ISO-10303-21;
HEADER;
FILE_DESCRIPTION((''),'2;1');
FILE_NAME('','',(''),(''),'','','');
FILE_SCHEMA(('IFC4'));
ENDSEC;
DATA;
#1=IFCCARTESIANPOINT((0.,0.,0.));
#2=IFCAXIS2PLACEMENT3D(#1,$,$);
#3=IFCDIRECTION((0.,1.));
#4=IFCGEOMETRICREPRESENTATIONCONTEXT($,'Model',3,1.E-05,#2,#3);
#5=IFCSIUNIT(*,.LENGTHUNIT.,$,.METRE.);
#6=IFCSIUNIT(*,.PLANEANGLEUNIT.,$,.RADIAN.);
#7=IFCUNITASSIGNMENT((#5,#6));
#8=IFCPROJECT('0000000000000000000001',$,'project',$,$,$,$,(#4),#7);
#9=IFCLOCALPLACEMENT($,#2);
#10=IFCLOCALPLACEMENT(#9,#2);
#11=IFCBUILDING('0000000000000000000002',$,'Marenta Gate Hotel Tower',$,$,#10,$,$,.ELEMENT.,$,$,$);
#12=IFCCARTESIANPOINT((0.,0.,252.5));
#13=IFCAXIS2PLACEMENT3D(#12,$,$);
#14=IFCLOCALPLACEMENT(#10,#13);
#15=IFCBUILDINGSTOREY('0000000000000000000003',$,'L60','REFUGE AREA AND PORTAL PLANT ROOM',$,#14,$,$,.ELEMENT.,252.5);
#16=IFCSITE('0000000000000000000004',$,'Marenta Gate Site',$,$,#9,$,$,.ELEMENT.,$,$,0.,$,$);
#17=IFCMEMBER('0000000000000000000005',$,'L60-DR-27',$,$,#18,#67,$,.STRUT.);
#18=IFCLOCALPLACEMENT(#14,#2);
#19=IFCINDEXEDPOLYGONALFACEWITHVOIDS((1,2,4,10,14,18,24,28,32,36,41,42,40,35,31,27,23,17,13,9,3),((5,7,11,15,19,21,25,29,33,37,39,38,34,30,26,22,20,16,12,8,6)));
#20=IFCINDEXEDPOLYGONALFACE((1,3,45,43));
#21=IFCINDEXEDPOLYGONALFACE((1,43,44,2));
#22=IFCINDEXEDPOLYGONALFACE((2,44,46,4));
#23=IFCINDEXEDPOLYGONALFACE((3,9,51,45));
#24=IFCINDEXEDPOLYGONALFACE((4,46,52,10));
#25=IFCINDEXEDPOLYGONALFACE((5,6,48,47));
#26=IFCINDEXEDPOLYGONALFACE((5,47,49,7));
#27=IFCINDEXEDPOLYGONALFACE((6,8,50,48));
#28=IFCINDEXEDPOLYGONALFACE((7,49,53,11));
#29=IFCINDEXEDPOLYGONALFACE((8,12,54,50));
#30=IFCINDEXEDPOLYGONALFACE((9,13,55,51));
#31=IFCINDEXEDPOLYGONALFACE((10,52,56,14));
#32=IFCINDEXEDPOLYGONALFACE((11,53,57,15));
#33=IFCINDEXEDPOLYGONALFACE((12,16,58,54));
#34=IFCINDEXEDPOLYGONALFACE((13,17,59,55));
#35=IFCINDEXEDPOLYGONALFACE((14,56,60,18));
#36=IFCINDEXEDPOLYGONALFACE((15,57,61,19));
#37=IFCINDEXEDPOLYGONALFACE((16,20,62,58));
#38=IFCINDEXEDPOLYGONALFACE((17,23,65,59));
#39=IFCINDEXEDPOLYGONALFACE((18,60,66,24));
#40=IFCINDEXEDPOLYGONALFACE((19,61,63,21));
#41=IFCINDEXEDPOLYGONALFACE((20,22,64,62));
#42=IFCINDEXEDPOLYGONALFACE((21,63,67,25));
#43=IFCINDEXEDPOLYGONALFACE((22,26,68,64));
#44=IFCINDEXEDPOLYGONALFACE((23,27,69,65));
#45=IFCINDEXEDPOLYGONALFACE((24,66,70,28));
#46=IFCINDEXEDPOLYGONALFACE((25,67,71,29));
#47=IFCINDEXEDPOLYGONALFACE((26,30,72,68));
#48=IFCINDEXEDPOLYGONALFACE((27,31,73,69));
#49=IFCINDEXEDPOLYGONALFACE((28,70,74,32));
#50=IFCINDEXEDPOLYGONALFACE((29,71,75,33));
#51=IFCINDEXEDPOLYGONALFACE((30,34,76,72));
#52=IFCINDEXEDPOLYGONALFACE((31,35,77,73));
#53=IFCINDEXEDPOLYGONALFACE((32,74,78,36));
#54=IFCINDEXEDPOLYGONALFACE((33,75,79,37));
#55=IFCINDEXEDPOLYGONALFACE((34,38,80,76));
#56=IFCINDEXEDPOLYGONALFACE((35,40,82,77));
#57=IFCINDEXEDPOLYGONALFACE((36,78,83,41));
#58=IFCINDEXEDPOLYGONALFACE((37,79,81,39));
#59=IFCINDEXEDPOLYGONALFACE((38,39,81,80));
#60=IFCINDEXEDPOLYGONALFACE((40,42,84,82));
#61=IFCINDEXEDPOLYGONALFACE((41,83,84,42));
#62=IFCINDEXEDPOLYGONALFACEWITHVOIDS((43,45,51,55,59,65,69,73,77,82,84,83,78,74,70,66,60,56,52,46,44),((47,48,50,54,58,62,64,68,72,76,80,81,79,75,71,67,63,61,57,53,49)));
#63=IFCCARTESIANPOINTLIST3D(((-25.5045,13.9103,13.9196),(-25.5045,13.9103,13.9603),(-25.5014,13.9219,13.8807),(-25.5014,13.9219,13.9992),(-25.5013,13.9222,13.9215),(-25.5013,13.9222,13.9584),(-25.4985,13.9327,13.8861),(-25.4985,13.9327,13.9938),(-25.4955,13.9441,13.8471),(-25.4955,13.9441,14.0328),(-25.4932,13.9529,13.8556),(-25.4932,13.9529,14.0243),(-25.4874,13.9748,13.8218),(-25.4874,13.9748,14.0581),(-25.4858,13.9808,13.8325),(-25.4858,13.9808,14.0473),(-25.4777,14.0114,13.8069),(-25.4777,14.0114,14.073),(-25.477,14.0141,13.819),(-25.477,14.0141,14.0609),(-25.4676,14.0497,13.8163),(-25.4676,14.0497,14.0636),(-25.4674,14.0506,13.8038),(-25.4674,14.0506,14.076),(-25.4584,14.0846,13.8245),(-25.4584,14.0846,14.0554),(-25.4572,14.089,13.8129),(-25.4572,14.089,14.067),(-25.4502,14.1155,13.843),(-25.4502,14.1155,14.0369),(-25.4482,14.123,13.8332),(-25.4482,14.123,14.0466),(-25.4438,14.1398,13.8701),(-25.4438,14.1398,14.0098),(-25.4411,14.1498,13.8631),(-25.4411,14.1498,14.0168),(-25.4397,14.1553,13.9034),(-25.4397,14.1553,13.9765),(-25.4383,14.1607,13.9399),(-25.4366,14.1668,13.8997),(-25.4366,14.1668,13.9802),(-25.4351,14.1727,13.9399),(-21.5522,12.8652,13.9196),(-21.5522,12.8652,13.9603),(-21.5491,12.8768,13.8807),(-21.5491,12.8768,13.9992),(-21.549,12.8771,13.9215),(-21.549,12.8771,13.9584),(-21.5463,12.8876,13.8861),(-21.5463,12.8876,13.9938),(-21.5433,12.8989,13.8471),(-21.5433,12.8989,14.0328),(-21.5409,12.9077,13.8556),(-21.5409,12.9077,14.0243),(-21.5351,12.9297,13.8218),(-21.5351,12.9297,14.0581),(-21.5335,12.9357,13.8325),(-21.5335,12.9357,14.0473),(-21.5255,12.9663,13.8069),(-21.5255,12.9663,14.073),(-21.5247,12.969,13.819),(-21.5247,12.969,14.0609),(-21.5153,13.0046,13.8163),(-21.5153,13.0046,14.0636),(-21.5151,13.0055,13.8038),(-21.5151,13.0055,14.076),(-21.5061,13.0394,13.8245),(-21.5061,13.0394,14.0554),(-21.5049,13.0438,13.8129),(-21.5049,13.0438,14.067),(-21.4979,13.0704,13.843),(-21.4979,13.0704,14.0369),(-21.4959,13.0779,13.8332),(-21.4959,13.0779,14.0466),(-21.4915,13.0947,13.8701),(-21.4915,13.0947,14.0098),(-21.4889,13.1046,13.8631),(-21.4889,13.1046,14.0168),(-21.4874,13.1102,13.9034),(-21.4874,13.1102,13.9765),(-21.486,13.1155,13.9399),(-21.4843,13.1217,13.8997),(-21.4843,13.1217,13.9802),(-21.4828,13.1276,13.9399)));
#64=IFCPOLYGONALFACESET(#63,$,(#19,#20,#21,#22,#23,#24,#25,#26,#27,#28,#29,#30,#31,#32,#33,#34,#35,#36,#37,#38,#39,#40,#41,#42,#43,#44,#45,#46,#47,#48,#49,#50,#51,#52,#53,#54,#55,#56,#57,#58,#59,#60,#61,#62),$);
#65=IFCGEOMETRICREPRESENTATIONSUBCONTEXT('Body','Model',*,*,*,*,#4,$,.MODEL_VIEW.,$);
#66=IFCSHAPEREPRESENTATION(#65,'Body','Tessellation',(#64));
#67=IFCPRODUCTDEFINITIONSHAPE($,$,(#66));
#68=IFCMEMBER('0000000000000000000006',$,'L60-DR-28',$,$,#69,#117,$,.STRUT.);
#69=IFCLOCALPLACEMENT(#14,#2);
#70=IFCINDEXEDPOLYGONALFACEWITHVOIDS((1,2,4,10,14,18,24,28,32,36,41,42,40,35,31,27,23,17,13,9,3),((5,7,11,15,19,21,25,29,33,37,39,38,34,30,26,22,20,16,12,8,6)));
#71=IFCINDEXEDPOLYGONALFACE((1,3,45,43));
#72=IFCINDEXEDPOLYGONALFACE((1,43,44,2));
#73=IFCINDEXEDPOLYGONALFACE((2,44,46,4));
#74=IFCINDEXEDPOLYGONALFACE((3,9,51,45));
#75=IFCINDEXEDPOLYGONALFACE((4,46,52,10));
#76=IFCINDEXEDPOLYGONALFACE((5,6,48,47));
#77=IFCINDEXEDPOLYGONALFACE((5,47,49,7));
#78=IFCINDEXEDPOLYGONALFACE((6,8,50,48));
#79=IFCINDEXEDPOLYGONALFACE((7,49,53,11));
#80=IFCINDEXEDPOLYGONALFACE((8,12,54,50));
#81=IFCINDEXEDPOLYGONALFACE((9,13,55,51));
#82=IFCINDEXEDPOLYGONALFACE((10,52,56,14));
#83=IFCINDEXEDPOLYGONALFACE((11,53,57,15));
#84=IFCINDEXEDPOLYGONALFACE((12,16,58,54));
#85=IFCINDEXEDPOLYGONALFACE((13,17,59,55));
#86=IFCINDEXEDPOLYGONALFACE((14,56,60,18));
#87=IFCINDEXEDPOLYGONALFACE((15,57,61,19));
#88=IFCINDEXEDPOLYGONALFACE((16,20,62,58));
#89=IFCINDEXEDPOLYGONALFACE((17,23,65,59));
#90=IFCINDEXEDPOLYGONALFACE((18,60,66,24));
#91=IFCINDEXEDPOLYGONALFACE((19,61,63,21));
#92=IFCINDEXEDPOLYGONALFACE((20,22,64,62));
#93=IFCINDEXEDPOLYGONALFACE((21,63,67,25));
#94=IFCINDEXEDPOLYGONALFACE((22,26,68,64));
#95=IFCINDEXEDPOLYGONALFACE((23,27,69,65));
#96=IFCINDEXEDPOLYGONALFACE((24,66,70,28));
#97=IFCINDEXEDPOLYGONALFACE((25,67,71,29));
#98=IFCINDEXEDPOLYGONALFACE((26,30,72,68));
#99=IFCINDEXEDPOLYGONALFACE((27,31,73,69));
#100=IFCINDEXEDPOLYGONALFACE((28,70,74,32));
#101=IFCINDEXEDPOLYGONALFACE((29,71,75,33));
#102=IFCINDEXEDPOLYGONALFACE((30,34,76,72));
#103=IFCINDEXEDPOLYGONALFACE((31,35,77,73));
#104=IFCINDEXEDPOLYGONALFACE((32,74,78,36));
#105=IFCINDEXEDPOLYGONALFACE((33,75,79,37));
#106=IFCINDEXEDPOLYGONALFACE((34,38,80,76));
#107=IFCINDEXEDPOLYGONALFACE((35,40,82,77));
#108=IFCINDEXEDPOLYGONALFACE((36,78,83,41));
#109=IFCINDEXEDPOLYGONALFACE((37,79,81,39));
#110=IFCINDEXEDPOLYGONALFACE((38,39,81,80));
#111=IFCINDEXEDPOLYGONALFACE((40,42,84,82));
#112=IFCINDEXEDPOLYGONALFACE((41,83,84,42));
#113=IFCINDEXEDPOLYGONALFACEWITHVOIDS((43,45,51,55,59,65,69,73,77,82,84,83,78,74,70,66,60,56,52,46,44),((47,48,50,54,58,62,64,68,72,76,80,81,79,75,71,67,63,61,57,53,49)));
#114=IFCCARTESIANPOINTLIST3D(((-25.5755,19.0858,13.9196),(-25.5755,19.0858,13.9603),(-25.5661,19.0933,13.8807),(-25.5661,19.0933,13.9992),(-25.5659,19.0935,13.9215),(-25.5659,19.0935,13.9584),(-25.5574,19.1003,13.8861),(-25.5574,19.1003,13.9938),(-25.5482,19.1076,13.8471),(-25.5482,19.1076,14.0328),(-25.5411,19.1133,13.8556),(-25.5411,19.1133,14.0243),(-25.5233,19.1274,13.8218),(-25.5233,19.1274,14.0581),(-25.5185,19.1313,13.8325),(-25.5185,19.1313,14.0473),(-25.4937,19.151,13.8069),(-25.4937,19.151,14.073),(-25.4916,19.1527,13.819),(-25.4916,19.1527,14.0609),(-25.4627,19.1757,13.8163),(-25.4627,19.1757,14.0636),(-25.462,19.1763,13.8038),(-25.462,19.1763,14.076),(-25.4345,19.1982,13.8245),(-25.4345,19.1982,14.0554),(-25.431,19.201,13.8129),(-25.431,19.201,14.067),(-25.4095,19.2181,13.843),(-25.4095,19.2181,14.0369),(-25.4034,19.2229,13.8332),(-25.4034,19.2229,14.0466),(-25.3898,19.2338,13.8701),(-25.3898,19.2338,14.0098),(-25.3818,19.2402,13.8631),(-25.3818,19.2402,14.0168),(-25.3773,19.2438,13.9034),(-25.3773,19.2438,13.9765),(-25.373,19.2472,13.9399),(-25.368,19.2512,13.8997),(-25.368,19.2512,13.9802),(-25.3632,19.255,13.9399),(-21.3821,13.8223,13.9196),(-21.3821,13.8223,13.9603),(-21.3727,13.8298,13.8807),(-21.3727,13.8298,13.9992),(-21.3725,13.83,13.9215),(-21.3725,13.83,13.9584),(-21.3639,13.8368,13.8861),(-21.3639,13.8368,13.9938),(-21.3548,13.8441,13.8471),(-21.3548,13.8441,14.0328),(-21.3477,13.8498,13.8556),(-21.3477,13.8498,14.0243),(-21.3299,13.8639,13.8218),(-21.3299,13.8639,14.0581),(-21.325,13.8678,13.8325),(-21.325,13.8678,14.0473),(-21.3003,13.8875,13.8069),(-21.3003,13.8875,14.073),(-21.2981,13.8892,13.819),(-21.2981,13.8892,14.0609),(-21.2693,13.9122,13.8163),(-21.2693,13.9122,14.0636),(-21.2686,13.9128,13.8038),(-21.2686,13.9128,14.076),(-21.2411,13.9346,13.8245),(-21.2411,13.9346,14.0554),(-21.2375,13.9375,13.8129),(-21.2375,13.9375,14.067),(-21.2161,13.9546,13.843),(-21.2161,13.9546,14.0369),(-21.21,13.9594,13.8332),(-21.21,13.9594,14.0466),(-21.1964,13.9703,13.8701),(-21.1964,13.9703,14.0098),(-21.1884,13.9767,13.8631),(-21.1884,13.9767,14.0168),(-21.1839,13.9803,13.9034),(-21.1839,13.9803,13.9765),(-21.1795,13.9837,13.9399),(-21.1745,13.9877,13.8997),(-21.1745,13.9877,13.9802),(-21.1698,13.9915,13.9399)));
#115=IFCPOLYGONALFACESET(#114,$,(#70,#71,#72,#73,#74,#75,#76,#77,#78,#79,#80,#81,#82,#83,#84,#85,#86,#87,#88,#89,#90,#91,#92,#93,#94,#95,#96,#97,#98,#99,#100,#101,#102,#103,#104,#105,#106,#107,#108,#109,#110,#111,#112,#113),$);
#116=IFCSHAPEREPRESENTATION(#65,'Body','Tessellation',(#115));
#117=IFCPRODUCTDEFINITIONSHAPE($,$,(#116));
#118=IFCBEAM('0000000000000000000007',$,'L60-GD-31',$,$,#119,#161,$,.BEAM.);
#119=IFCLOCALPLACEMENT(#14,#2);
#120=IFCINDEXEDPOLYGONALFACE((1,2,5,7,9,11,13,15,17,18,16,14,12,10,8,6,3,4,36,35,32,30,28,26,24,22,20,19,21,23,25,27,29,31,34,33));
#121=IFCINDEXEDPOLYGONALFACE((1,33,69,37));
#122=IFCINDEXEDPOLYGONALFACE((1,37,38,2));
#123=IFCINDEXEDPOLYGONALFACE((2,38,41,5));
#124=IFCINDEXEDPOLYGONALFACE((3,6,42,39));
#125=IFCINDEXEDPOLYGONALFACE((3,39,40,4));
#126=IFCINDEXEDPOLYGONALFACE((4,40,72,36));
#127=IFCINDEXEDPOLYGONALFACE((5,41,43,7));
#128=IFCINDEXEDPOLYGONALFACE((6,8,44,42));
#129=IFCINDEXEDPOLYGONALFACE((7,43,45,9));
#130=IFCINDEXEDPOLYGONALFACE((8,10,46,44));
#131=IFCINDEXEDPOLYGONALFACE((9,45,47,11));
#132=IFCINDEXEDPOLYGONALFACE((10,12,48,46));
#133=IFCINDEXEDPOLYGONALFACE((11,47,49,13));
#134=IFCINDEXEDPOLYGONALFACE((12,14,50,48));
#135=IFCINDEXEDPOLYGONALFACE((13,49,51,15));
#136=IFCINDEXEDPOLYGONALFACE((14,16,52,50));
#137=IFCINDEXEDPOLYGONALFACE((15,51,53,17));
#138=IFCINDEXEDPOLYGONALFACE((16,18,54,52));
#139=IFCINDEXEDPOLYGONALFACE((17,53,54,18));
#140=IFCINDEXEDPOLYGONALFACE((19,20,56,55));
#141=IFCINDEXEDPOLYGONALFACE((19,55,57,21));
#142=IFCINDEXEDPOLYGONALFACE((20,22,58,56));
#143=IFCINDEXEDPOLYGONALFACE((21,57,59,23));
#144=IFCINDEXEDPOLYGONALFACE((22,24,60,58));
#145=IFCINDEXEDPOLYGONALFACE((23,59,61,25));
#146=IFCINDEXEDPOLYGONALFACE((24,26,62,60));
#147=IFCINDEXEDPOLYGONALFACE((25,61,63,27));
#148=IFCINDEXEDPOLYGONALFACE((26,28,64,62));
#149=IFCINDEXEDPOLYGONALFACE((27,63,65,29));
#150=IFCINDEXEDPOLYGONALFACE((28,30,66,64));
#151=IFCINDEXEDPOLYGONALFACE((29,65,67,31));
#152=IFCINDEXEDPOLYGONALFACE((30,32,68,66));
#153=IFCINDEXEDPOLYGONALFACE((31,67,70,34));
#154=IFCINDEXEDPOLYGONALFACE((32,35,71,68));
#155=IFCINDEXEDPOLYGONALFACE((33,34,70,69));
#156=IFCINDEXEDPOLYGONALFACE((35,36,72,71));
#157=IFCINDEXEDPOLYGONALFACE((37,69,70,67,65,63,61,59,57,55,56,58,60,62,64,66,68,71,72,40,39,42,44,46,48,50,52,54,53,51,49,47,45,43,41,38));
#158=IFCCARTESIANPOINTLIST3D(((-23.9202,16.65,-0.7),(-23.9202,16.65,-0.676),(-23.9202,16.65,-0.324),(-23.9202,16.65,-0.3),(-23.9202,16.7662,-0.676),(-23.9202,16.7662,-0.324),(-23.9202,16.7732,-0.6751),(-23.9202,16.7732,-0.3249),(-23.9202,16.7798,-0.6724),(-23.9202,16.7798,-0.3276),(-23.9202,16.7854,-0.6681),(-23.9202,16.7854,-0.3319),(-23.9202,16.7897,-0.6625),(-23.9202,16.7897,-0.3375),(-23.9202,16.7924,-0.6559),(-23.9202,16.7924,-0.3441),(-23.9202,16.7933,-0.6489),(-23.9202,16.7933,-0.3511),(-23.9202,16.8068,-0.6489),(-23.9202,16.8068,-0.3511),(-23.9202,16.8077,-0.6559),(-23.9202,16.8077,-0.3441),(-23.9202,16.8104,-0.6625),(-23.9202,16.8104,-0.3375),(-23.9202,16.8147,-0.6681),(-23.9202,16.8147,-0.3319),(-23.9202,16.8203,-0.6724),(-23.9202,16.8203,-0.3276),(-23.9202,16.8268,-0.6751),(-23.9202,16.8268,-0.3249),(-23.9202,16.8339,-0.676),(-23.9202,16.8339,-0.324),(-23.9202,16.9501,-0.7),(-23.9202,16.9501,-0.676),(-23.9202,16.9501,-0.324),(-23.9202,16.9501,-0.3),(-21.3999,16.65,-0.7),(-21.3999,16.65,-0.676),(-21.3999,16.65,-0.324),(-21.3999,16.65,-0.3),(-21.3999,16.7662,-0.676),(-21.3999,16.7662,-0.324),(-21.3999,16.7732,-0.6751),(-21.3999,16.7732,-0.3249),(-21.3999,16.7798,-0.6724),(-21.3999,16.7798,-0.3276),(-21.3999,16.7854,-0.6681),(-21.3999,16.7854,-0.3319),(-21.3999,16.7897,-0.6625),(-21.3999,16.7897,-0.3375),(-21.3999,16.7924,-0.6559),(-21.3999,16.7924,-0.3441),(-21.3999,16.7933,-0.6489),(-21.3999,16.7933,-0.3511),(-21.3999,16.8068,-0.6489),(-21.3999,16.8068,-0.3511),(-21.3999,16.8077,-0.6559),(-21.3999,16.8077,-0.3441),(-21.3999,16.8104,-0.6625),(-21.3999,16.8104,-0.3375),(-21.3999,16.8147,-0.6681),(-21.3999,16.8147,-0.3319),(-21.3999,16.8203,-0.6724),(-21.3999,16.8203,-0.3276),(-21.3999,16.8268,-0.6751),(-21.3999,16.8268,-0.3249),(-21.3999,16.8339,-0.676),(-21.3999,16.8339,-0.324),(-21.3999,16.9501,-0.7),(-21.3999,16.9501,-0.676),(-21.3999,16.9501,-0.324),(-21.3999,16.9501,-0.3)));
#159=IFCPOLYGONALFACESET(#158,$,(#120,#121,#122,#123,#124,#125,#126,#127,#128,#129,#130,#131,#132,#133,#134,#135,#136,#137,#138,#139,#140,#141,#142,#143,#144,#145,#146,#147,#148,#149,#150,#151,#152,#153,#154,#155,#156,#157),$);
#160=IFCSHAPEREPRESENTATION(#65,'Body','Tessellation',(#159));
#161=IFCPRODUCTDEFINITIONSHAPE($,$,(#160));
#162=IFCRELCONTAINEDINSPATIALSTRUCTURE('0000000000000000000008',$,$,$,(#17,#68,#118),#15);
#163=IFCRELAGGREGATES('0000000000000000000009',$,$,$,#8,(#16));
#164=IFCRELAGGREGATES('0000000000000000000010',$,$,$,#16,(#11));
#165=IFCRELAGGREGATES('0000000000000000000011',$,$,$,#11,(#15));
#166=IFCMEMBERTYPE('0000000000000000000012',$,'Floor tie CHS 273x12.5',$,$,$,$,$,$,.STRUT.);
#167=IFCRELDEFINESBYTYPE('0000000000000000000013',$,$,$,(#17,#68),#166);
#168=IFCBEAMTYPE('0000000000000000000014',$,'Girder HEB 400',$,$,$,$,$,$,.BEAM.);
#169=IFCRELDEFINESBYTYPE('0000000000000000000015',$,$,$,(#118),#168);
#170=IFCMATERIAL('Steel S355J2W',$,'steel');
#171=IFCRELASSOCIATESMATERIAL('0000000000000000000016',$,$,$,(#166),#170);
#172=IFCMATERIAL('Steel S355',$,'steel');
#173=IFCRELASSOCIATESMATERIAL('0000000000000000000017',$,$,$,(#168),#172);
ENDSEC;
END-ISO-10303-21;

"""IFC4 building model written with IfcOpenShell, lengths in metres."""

from ifc_helpers import new_model, si_unit, direction, frame, origin, origin_2d, place, context, subcontext, project, spatial, hollow_circle, i_section, extrude, material, material_profile, profile_set, type_object, element, save


model = new_model("IFC4")

# Units and contexts
model_context = context("Model", 3, precision=1e-05, world=origin(), true_north=direction((0.0, 1.0)))
body_context = subcontext(model_context, "Body", "Model", "MODEL_VIEW")
ifc_project = project(units=[si_unit("LENGTHUNIT", "METRE"), si_unit("PLANEANGLEUNIT", "RADIAN")], contexts=[model_context])

# Site, building, storey
site_placement = place(None, origin())
site = spatial("IfcSite", under=ifc_project, at=site_placement, Name="Marenta Gate Site", CompositionType="ELEMENT", RefElevation=0.0)
building_placement = place(site_placement, origin())
building = spatial("IfcBuilding", under=site, at=building_placement, Name="Marenta Gate Hotel Tower", CompositionType="ELEMENT")
storey_placement = place(building_placement, frame((0.0, 0.0, 252.5)))
storey = spatial("IfcBuildingStorey", under=building, at=storey_placement, Name="L60", Description="REFUGE AREA AND PORTAL PLANT ROOM", CompositionType="ELEMENT", Elevation=252.5)

# Members
ifc_material_1 = material(Name="Steel S355J2W", Category="steel")
ifc_material_profile_1 = material_profile(ifc_material_1, hollow_circle(Radius=0.1365, WallThickness=0.0125, at=origin_2d()), Name="CHS 273x12.5")
ifc_profile_set_1 = profile_set([ifc_material_profile_1], Name="Steel S355J2W")
member_type_1 = type_object("IfcMemberType", Name="Floor tie CHS 273x12.5", PredefinedType="STRUT", material=ifc_profile_set_1)
member_1_placement = place(storey_placement, frame((-25.47, 14.0408, 13.9399), z_axis=(0.966769, -0.255651, 0.0), x_axis=(0.255651, 0.966769, 0.0)))
element("IfcMember", 1, at=member_1_placement, inside=storey, type_object=member_type_1, Name="L60-DR-27", PredefinedType="STRUT", context=body_context, shape_type="SweptSolid", body=[
    extrude(hollow_circle(Radius=0.1365, WallThickness=0.0125, at=origin_2d()), origin(), (0.0, 0.0, 1.0), 4.0881),
])
member_2_placement = place(storey_placement, frame((-25.47, 19.1699, 13.9399), z_axis=(0.623119, -0.782127, 0.0), x_axis=(0.782127, 0.623119, 0.0)))
element("IfcMember", 2, at=member_2_placement, inside=storey, type_object=member_type_1, Name="L60-DR-28", PredefinedType="STRUT", context=body_context, shape_type="SweptSolid", body=[
    extrude(hollow_circle(Radius=0.1365, WallThickness=0.0125, at=origin_2d()), origin(), (0.0, 0.0, 1.0), 6.7297),
])

# Beam
ifc_material_2 = material(Name="Steel S355", Category="steel")
ifc_material_profile_2 = material_profile(ifc_material_2, i_section(OverallWidth=0.3, OverallDepth=0.3999, WebThickness=0.0134, FlangeThickness=0.0239, FilletRadius=0.0271, at=origin_2d()), Name="HEB 400")
ifc_profile_set_2 = profile_set([ifc_material_profile_2], Name="Steel S355")
beam_type_1 = type_object("IfcBeamType", Name="Girder HEB 400", PredefinedType="BEAM", material=ifc_profile_set_2)
beam_1_placement = place(storey_placement, frame((-23.9202, 16.8, -0.5), z_axis=(1.0, 0.0, 0.0), x_axis=(0.0, 1.0, 0.0)))
element("IfcBeam", 3, at=beam_1_placement, inside=storey, type_object=beam_type_1, Name="L60-GD-31", PredefinedType="BEAM", context=body_context, shape_type="SweptSolid", body=[
    extrude(i_section(OverallWidth=0.3, OverallDepth=0.3999, WebThickness=0.0134, FlangeThickness=0.0239, FilletRadius=0.0271, at=origin_2d()), origin(), (0.0, 0.0, 1.0), 2.5203),
])

save(model, "model.ifc")
